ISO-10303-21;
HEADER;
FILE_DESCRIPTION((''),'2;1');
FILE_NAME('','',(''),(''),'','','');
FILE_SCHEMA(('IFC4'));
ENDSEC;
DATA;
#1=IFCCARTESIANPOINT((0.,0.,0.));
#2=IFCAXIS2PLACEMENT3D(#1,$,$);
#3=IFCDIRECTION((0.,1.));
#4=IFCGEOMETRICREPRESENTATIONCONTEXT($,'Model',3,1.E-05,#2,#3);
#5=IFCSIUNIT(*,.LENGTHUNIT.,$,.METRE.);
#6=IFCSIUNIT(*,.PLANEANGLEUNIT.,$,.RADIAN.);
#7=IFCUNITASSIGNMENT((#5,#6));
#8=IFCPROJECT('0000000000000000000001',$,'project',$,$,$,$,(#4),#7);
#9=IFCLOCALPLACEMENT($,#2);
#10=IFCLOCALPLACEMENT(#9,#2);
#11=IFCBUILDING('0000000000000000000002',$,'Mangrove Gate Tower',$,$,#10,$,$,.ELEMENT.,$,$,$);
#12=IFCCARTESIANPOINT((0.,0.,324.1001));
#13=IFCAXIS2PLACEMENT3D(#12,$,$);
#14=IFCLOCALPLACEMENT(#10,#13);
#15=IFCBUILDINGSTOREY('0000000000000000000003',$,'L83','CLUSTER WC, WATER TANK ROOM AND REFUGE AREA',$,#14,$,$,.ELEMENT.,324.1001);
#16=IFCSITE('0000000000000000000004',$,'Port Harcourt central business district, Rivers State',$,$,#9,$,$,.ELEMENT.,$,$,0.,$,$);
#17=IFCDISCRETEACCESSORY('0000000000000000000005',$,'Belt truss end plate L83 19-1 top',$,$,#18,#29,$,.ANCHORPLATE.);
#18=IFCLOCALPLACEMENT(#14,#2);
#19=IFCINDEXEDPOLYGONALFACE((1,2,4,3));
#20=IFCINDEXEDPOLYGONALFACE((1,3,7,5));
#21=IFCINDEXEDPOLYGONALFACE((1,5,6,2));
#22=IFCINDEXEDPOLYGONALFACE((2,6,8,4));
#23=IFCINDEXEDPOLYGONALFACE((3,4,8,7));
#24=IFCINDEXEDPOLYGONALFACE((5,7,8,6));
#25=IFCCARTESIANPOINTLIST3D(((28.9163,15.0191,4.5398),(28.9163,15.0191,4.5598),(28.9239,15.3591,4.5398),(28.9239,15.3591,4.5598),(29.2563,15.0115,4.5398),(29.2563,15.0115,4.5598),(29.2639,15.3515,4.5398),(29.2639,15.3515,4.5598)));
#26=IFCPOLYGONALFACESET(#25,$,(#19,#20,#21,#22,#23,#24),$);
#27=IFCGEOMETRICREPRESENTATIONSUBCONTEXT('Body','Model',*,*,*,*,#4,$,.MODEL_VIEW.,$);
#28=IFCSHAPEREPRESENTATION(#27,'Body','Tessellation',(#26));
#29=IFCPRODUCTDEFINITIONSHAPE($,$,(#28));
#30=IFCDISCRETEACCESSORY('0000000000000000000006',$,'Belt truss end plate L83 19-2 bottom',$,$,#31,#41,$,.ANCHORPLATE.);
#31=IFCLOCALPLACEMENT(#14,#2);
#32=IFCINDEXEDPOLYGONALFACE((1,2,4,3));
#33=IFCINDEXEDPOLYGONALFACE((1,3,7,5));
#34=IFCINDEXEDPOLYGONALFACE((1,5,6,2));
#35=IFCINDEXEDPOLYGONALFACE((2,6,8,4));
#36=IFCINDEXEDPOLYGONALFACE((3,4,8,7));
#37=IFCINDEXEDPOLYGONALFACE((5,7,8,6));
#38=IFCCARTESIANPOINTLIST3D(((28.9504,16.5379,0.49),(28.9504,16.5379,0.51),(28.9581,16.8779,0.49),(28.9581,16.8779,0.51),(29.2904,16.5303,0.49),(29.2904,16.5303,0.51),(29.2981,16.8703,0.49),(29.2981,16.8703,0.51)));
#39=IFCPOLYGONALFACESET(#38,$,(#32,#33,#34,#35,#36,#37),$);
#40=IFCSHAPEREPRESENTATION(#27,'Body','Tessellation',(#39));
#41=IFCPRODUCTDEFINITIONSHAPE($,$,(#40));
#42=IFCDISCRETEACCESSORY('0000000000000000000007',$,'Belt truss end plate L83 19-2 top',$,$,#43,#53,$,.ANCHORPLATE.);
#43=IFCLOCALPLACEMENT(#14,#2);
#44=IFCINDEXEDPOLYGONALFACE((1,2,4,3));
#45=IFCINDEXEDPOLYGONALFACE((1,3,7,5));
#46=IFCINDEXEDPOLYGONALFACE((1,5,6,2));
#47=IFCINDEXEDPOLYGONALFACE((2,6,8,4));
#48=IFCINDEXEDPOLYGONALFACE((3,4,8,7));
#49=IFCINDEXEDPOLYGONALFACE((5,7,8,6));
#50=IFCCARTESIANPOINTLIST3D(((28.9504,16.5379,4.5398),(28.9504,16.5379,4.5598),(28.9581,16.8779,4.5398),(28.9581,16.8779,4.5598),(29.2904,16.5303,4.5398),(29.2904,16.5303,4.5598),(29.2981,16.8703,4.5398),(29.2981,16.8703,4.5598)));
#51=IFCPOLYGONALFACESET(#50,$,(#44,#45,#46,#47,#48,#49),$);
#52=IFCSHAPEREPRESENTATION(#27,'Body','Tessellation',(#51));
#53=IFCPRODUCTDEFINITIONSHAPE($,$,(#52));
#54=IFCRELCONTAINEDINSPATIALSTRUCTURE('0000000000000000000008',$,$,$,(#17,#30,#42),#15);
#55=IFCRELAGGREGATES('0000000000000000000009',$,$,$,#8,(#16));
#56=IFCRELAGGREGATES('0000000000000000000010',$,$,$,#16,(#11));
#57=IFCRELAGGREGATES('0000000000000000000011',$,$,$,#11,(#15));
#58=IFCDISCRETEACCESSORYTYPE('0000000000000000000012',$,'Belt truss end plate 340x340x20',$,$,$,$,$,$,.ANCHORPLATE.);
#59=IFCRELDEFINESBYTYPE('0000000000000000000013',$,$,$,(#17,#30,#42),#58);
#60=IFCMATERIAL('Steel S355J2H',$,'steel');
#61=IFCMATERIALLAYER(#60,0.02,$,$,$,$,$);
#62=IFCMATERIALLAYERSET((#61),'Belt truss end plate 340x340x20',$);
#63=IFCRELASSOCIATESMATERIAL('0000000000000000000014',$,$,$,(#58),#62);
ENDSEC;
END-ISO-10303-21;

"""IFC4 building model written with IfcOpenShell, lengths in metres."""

from ifc_helpers import new_model, si_unit, direction, frame, origin, origin_2d, place, context, subcontext, project, spatial, rectangle, extrude, material, layer, layer_set, type_object, element, save


model = new_model("IFC4")

# Units and contexts
model_context = context("Model", 3, precision=1e-05, world=origin(), true_north=direction((0.0, 1.0)))
body_context = subcontext(model_context, "Body", "Model", "MODEL_VIEW")
ifc_project = project(units=[si_unit("LENGTHUNIT", "METRE"), si_unit("PLANEANGLEUNIT", "RADIAN")], contexts=[model_context])

# Site, building, storey
site_placement = place(None, origin())
site = spatial("IfcSite", under=ifc_project, at=site_placement, Name="Port Harcourt central business district, Rivers State", CompositionType="ELEMENT", RefElevation=0.0)
building_placement = place(site_placement, origin())
building = spatial("IfcBuilding", under=site, at=building_placement, Name="Mangrove Gate Tower", CompositionType="ELEMENT")
storey_placement = place(building_placement, frame((0.0, 0.0, 324.1001)))
storey = spatial("IfcBuildingStorey", under=building, at=storey_placement, Name="L83", Description="CLUSTER WC, WATER TANK ROOM AND REFUGE AREA", CompositionType="ELEMENT", Elevation=324.1001)

# Discrete accessories
ifc_material_1 = material(Name="Steel S355J2H", Category="steel")
ifc_layer_1 = layer(ifc_material_1, 0.02)
ifc_layer_set_1 = layer_set([ifc_layer_1], Name="Belt truss end plate 340x340x20")
discrete_accessory_type = type_object("IfcDiscreteAccessoryType", Name="Belt truss end plate 340x340x20", PredefinedType="ANCHORPLATE", material=ifc_layer_set_1)
for number, where, z_axis, x_axis, name in (
    (1, (29.0901, 15.1853, 4.5398), (0.0, 0.0, 1.0), (0.022562, 0.999745, 0.0), "Belt truss end plate L83 19-1 top"),
    (2, (29.1243, 16.7041, 0.49), (0.0, 0.0, 1.0), (0.022562, 0.999745, 0.0), "Belt truss end plate L83 19-2 bottom"),
    (3, (29.1243, 16.7041, 4.5398), (0.0, 0.0, 1.0), (0.022562, 0.999745, 0.0), "Belt truss end plate L83 19-2 top"),
):
    element("IfcDiscreteAccessory", number, at=place(storey_placement, frame(where, z_axis=z_axis, x_axis=x_axis)), inside=storey, type_object=discrete_accessory_type, Name=name, PredefinedType="ANCHORPLATE", context=body_context, shape_type="SweptSolid", body=[
        extrude(rectangle(XDim=0.3401, YDim=0.3401, at=origin_2d()), origin(), (0.0, 0.0, 1.0), 0.02),
    ])

save(model, "model.ifc")
